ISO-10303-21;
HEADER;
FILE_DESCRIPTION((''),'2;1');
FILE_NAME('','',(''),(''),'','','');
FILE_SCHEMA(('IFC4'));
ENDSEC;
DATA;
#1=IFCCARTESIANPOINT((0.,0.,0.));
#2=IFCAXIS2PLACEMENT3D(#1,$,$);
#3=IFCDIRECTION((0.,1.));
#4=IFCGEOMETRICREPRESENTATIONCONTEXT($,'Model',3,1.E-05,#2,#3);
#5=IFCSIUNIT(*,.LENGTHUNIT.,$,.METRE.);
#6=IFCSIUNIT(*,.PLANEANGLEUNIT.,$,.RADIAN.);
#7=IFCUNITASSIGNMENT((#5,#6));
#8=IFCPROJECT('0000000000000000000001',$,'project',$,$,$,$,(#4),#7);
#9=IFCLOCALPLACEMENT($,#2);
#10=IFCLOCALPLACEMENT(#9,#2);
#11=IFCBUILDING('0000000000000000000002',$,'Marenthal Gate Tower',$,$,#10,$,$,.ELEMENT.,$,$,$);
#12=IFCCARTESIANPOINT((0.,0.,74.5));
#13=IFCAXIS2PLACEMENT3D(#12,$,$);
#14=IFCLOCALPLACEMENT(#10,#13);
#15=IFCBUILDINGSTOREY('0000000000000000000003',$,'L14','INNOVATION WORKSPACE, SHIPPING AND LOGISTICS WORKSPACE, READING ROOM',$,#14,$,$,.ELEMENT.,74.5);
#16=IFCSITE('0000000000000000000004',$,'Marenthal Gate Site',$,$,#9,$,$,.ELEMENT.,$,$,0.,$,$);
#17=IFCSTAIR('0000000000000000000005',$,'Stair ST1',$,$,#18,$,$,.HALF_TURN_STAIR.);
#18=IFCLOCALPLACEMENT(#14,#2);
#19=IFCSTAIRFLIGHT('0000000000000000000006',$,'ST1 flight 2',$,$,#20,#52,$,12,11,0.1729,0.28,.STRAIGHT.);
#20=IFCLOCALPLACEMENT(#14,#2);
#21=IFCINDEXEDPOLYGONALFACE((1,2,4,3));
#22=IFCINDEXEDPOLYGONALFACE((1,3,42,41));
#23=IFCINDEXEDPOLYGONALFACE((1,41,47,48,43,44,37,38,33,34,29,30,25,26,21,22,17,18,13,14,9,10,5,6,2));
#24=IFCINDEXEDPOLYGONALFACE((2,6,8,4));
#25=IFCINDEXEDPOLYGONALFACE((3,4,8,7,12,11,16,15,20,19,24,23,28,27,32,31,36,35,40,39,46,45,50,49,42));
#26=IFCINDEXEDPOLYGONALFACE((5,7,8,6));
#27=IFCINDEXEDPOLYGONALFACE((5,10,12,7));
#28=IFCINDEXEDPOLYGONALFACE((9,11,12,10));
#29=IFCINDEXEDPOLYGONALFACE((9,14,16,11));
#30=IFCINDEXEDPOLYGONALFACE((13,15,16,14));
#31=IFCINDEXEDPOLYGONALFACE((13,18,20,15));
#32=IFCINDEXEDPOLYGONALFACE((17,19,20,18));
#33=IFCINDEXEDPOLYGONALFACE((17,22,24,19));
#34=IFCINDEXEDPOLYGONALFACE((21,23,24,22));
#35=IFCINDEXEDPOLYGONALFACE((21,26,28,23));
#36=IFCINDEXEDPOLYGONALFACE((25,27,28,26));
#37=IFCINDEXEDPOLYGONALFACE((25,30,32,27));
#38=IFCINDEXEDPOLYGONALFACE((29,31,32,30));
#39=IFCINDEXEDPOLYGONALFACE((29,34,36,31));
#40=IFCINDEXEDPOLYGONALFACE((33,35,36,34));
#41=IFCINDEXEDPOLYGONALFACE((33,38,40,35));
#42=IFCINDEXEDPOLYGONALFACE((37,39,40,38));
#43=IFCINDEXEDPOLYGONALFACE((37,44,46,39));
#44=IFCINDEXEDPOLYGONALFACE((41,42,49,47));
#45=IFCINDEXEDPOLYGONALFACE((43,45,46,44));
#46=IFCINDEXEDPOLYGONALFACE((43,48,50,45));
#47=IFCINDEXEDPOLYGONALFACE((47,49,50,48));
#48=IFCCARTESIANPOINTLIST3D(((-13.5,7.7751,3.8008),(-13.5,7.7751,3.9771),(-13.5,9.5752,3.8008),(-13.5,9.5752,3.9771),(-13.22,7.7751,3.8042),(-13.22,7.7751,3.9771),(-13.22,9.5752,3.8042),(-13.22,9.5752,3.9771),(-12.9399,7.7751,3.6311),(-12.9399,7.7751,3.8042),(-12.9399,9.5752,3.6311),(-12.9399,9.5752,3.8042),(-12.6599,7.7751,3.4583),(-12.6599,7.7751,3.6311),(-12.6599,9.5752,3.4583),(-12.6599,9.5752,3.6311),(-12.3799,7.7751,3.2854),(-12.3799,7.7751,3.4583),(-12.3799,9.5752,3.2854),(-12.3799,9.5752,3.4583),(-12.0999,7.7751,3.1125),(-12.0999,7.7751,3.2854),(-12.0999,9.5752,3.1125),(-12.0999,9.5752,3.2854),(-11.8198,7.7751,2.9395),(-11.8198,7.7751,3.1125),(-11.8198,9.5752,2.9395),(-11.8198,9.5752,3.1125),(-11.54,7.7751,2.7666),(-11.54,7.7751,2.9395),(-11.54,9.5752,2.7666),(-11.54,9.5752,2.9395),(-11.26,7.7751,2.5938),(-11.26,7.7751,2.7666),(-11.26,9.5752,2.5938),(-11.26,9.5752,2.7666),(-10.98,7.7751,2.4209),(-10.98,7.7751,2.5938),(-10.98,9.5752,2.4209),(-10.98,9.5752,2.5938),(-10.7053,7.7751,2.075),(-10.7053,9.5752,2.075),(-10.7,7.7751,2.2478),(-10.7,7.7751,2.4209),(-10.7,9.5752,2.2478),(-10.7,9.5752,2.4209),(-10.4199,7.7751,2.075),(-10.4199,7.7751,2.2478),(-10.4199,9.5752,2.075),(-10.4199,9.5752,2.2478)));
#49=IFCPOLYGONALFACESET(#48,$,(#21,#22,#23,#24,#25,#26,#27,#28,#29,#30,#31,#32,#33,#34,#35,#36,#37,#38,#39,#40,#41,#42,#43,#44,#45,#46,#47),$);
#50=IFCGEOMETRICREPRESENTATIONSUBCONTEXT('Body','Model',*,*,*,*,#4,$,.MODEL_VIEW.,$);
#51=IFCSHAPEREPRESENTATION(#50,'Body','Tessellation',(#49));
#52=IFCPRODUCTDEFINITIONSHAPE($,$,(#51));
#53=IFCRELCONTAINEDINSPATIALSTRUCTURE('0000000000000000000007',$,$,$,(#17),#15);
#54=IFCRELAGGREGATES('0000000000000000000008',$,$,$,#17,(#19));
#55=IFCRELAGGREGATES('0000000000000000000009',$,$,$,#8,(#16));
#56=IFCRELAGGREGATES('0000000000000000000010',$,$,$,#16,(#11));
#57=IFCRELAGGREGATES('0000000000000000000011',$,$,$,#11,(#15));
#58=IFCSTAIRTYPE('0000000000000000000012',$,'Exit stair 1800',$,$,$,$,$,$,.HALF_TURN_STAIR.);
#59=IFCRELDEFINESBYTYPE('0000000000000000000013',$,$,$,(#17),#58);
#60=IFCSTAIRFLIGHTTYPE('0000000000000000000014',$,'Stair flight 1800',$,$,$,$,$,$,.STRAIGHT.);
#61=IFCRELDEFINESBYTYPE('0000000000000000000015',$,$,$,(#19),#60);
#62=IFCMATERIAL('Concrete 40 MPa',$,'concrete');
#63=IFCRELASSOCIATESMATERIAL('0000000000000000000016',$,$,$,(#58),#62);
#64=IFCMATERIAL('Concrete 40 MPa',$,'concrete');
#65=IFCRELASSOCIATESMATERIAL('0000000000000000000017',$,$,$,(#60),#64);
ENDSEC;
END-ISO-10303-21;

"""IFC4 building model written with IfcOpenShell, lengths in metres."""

from ifc_helpers import new_model, si_unit, direction, frame, origin, place, context, subcontext, project, spatial, polyline, outline, extrude, material, type_object, element, aggregate, save


model = new_model("IFC4")

# Units and contexts
model_context = context("Model", 3, precision=1e-05, world=origin(), true_north=direction((0.0, 1.0)))
body_context = subcontext(model_context, "Body", "Model", "MODEL_VIEW")
ifc_project = project(units=[si_unit("LENGTHUNIT", "METRE"), si_unit("PLANEANGLEUNIT", "RADIAN")], contexts=[model_context])

# Site, building, storey
site_placement = place(None, origin())
site = spatial("IfcSite", under=ifc_project, at=site_placement, Name="Marenthal Gate Site", CompositionType="ELEMENT", RefElevation=0.0)
building_placement = place(site_placement, origin())
building = spatial("IfcBuilding", under=site, at=building_placement, Name="Marenthal Gate Tower", CompositionType="ELEMENT")
storey_placement = place(building_placement, frame((0.0, 0.0, 74.5)))
storey = spatial("IfcBuildingStorey", under=building, at=storey_placement, Name="L14", Description="INNOVATION WORKSPACE, SHIPPING AND LOGISTICS WORKSPACE, READING ROOM", CompositionType="ELEMENT", Elevation=74.5)

# Stair, stair flight
ifc_material_1 = material(Name="Concrete 40 MPa", Category="concrete")
stair_type = type_object("IfcStairType", Name="Exit stair 1800", PredefinedType="HALF_TURN_STAIR", material=ifc_material_1)
stair_placement = place(storey_placement, origin())
stair = element("IfcStair", 1, at=stair_placement, inside=storey, type_object=stair_type, Name="Stair ST1", PredefinedType="HALF_TURN_STAIR")
ifc_material_2 = material(Name="Concrete 40 MPa", Category="concrete")
stair_flight_type = type_object("IfcStairFlightType", Name="Stair flight 1800", PredefinedType="STRAIGHT", material=ifc_material_2)
stair_flight_1_placement = place(storey_placement, frame((-10.4199, 8.675, 2.075), z_axis=(0.0, 0.0, 1.0), x_axis=(-1.0, 0.0, 0.0)))
stair_flight_1 = element("IfcStairFlight", 2, at=stair_flight_1_placement, type_object=stair_flight_type, Name="ST1 flight 2", NumberOfRisers=12, NumberOfTreads=11, PredefinedType="STRAIGHT", RiserHeight=0.1729, TreadLength=0.28, context=body_context, shape_type="SweptSolid", body=[
    extrude(outline(polyline([(0.0, 0.0), (0.0, 0.1729), (0.28, 0.1729), (0.28, 0.3459), (0.5601, 0.3459), (0.5601, 0.5188), (0.8401, 0.5188), (0.8401, 0.6917), (1.1201, 0.6917), (1.1201, 0.8645), (1.3999, 0.8645), (1.3999, 1.0376), (1.6799, 1.0376), (1.6799, 1.2104), (1.96, 1.2104), (1.96, 1.3833), (2.24, 1.3833), (2.24, 1.5562), (2.52, 1.5562), (2.52, 1.7292), (2.8, 1.7292), (2.8, 1.9021), (3.0801, 1.9021), (3.0801, 2.075), (3.0801, 1.7258), (0.2854, 0.0), (0.0, 0.0)])), frame((0.0, 0.8999, 0.0), z_axis=(0.0, -1.0, 0.0), x_axis=(1.0, 0.0, 0.0)), (0.0, 0.0, 1.0), 1.8),
])
aggregate(stair, [stair_flight_1])

save(model, "model.ifc")
